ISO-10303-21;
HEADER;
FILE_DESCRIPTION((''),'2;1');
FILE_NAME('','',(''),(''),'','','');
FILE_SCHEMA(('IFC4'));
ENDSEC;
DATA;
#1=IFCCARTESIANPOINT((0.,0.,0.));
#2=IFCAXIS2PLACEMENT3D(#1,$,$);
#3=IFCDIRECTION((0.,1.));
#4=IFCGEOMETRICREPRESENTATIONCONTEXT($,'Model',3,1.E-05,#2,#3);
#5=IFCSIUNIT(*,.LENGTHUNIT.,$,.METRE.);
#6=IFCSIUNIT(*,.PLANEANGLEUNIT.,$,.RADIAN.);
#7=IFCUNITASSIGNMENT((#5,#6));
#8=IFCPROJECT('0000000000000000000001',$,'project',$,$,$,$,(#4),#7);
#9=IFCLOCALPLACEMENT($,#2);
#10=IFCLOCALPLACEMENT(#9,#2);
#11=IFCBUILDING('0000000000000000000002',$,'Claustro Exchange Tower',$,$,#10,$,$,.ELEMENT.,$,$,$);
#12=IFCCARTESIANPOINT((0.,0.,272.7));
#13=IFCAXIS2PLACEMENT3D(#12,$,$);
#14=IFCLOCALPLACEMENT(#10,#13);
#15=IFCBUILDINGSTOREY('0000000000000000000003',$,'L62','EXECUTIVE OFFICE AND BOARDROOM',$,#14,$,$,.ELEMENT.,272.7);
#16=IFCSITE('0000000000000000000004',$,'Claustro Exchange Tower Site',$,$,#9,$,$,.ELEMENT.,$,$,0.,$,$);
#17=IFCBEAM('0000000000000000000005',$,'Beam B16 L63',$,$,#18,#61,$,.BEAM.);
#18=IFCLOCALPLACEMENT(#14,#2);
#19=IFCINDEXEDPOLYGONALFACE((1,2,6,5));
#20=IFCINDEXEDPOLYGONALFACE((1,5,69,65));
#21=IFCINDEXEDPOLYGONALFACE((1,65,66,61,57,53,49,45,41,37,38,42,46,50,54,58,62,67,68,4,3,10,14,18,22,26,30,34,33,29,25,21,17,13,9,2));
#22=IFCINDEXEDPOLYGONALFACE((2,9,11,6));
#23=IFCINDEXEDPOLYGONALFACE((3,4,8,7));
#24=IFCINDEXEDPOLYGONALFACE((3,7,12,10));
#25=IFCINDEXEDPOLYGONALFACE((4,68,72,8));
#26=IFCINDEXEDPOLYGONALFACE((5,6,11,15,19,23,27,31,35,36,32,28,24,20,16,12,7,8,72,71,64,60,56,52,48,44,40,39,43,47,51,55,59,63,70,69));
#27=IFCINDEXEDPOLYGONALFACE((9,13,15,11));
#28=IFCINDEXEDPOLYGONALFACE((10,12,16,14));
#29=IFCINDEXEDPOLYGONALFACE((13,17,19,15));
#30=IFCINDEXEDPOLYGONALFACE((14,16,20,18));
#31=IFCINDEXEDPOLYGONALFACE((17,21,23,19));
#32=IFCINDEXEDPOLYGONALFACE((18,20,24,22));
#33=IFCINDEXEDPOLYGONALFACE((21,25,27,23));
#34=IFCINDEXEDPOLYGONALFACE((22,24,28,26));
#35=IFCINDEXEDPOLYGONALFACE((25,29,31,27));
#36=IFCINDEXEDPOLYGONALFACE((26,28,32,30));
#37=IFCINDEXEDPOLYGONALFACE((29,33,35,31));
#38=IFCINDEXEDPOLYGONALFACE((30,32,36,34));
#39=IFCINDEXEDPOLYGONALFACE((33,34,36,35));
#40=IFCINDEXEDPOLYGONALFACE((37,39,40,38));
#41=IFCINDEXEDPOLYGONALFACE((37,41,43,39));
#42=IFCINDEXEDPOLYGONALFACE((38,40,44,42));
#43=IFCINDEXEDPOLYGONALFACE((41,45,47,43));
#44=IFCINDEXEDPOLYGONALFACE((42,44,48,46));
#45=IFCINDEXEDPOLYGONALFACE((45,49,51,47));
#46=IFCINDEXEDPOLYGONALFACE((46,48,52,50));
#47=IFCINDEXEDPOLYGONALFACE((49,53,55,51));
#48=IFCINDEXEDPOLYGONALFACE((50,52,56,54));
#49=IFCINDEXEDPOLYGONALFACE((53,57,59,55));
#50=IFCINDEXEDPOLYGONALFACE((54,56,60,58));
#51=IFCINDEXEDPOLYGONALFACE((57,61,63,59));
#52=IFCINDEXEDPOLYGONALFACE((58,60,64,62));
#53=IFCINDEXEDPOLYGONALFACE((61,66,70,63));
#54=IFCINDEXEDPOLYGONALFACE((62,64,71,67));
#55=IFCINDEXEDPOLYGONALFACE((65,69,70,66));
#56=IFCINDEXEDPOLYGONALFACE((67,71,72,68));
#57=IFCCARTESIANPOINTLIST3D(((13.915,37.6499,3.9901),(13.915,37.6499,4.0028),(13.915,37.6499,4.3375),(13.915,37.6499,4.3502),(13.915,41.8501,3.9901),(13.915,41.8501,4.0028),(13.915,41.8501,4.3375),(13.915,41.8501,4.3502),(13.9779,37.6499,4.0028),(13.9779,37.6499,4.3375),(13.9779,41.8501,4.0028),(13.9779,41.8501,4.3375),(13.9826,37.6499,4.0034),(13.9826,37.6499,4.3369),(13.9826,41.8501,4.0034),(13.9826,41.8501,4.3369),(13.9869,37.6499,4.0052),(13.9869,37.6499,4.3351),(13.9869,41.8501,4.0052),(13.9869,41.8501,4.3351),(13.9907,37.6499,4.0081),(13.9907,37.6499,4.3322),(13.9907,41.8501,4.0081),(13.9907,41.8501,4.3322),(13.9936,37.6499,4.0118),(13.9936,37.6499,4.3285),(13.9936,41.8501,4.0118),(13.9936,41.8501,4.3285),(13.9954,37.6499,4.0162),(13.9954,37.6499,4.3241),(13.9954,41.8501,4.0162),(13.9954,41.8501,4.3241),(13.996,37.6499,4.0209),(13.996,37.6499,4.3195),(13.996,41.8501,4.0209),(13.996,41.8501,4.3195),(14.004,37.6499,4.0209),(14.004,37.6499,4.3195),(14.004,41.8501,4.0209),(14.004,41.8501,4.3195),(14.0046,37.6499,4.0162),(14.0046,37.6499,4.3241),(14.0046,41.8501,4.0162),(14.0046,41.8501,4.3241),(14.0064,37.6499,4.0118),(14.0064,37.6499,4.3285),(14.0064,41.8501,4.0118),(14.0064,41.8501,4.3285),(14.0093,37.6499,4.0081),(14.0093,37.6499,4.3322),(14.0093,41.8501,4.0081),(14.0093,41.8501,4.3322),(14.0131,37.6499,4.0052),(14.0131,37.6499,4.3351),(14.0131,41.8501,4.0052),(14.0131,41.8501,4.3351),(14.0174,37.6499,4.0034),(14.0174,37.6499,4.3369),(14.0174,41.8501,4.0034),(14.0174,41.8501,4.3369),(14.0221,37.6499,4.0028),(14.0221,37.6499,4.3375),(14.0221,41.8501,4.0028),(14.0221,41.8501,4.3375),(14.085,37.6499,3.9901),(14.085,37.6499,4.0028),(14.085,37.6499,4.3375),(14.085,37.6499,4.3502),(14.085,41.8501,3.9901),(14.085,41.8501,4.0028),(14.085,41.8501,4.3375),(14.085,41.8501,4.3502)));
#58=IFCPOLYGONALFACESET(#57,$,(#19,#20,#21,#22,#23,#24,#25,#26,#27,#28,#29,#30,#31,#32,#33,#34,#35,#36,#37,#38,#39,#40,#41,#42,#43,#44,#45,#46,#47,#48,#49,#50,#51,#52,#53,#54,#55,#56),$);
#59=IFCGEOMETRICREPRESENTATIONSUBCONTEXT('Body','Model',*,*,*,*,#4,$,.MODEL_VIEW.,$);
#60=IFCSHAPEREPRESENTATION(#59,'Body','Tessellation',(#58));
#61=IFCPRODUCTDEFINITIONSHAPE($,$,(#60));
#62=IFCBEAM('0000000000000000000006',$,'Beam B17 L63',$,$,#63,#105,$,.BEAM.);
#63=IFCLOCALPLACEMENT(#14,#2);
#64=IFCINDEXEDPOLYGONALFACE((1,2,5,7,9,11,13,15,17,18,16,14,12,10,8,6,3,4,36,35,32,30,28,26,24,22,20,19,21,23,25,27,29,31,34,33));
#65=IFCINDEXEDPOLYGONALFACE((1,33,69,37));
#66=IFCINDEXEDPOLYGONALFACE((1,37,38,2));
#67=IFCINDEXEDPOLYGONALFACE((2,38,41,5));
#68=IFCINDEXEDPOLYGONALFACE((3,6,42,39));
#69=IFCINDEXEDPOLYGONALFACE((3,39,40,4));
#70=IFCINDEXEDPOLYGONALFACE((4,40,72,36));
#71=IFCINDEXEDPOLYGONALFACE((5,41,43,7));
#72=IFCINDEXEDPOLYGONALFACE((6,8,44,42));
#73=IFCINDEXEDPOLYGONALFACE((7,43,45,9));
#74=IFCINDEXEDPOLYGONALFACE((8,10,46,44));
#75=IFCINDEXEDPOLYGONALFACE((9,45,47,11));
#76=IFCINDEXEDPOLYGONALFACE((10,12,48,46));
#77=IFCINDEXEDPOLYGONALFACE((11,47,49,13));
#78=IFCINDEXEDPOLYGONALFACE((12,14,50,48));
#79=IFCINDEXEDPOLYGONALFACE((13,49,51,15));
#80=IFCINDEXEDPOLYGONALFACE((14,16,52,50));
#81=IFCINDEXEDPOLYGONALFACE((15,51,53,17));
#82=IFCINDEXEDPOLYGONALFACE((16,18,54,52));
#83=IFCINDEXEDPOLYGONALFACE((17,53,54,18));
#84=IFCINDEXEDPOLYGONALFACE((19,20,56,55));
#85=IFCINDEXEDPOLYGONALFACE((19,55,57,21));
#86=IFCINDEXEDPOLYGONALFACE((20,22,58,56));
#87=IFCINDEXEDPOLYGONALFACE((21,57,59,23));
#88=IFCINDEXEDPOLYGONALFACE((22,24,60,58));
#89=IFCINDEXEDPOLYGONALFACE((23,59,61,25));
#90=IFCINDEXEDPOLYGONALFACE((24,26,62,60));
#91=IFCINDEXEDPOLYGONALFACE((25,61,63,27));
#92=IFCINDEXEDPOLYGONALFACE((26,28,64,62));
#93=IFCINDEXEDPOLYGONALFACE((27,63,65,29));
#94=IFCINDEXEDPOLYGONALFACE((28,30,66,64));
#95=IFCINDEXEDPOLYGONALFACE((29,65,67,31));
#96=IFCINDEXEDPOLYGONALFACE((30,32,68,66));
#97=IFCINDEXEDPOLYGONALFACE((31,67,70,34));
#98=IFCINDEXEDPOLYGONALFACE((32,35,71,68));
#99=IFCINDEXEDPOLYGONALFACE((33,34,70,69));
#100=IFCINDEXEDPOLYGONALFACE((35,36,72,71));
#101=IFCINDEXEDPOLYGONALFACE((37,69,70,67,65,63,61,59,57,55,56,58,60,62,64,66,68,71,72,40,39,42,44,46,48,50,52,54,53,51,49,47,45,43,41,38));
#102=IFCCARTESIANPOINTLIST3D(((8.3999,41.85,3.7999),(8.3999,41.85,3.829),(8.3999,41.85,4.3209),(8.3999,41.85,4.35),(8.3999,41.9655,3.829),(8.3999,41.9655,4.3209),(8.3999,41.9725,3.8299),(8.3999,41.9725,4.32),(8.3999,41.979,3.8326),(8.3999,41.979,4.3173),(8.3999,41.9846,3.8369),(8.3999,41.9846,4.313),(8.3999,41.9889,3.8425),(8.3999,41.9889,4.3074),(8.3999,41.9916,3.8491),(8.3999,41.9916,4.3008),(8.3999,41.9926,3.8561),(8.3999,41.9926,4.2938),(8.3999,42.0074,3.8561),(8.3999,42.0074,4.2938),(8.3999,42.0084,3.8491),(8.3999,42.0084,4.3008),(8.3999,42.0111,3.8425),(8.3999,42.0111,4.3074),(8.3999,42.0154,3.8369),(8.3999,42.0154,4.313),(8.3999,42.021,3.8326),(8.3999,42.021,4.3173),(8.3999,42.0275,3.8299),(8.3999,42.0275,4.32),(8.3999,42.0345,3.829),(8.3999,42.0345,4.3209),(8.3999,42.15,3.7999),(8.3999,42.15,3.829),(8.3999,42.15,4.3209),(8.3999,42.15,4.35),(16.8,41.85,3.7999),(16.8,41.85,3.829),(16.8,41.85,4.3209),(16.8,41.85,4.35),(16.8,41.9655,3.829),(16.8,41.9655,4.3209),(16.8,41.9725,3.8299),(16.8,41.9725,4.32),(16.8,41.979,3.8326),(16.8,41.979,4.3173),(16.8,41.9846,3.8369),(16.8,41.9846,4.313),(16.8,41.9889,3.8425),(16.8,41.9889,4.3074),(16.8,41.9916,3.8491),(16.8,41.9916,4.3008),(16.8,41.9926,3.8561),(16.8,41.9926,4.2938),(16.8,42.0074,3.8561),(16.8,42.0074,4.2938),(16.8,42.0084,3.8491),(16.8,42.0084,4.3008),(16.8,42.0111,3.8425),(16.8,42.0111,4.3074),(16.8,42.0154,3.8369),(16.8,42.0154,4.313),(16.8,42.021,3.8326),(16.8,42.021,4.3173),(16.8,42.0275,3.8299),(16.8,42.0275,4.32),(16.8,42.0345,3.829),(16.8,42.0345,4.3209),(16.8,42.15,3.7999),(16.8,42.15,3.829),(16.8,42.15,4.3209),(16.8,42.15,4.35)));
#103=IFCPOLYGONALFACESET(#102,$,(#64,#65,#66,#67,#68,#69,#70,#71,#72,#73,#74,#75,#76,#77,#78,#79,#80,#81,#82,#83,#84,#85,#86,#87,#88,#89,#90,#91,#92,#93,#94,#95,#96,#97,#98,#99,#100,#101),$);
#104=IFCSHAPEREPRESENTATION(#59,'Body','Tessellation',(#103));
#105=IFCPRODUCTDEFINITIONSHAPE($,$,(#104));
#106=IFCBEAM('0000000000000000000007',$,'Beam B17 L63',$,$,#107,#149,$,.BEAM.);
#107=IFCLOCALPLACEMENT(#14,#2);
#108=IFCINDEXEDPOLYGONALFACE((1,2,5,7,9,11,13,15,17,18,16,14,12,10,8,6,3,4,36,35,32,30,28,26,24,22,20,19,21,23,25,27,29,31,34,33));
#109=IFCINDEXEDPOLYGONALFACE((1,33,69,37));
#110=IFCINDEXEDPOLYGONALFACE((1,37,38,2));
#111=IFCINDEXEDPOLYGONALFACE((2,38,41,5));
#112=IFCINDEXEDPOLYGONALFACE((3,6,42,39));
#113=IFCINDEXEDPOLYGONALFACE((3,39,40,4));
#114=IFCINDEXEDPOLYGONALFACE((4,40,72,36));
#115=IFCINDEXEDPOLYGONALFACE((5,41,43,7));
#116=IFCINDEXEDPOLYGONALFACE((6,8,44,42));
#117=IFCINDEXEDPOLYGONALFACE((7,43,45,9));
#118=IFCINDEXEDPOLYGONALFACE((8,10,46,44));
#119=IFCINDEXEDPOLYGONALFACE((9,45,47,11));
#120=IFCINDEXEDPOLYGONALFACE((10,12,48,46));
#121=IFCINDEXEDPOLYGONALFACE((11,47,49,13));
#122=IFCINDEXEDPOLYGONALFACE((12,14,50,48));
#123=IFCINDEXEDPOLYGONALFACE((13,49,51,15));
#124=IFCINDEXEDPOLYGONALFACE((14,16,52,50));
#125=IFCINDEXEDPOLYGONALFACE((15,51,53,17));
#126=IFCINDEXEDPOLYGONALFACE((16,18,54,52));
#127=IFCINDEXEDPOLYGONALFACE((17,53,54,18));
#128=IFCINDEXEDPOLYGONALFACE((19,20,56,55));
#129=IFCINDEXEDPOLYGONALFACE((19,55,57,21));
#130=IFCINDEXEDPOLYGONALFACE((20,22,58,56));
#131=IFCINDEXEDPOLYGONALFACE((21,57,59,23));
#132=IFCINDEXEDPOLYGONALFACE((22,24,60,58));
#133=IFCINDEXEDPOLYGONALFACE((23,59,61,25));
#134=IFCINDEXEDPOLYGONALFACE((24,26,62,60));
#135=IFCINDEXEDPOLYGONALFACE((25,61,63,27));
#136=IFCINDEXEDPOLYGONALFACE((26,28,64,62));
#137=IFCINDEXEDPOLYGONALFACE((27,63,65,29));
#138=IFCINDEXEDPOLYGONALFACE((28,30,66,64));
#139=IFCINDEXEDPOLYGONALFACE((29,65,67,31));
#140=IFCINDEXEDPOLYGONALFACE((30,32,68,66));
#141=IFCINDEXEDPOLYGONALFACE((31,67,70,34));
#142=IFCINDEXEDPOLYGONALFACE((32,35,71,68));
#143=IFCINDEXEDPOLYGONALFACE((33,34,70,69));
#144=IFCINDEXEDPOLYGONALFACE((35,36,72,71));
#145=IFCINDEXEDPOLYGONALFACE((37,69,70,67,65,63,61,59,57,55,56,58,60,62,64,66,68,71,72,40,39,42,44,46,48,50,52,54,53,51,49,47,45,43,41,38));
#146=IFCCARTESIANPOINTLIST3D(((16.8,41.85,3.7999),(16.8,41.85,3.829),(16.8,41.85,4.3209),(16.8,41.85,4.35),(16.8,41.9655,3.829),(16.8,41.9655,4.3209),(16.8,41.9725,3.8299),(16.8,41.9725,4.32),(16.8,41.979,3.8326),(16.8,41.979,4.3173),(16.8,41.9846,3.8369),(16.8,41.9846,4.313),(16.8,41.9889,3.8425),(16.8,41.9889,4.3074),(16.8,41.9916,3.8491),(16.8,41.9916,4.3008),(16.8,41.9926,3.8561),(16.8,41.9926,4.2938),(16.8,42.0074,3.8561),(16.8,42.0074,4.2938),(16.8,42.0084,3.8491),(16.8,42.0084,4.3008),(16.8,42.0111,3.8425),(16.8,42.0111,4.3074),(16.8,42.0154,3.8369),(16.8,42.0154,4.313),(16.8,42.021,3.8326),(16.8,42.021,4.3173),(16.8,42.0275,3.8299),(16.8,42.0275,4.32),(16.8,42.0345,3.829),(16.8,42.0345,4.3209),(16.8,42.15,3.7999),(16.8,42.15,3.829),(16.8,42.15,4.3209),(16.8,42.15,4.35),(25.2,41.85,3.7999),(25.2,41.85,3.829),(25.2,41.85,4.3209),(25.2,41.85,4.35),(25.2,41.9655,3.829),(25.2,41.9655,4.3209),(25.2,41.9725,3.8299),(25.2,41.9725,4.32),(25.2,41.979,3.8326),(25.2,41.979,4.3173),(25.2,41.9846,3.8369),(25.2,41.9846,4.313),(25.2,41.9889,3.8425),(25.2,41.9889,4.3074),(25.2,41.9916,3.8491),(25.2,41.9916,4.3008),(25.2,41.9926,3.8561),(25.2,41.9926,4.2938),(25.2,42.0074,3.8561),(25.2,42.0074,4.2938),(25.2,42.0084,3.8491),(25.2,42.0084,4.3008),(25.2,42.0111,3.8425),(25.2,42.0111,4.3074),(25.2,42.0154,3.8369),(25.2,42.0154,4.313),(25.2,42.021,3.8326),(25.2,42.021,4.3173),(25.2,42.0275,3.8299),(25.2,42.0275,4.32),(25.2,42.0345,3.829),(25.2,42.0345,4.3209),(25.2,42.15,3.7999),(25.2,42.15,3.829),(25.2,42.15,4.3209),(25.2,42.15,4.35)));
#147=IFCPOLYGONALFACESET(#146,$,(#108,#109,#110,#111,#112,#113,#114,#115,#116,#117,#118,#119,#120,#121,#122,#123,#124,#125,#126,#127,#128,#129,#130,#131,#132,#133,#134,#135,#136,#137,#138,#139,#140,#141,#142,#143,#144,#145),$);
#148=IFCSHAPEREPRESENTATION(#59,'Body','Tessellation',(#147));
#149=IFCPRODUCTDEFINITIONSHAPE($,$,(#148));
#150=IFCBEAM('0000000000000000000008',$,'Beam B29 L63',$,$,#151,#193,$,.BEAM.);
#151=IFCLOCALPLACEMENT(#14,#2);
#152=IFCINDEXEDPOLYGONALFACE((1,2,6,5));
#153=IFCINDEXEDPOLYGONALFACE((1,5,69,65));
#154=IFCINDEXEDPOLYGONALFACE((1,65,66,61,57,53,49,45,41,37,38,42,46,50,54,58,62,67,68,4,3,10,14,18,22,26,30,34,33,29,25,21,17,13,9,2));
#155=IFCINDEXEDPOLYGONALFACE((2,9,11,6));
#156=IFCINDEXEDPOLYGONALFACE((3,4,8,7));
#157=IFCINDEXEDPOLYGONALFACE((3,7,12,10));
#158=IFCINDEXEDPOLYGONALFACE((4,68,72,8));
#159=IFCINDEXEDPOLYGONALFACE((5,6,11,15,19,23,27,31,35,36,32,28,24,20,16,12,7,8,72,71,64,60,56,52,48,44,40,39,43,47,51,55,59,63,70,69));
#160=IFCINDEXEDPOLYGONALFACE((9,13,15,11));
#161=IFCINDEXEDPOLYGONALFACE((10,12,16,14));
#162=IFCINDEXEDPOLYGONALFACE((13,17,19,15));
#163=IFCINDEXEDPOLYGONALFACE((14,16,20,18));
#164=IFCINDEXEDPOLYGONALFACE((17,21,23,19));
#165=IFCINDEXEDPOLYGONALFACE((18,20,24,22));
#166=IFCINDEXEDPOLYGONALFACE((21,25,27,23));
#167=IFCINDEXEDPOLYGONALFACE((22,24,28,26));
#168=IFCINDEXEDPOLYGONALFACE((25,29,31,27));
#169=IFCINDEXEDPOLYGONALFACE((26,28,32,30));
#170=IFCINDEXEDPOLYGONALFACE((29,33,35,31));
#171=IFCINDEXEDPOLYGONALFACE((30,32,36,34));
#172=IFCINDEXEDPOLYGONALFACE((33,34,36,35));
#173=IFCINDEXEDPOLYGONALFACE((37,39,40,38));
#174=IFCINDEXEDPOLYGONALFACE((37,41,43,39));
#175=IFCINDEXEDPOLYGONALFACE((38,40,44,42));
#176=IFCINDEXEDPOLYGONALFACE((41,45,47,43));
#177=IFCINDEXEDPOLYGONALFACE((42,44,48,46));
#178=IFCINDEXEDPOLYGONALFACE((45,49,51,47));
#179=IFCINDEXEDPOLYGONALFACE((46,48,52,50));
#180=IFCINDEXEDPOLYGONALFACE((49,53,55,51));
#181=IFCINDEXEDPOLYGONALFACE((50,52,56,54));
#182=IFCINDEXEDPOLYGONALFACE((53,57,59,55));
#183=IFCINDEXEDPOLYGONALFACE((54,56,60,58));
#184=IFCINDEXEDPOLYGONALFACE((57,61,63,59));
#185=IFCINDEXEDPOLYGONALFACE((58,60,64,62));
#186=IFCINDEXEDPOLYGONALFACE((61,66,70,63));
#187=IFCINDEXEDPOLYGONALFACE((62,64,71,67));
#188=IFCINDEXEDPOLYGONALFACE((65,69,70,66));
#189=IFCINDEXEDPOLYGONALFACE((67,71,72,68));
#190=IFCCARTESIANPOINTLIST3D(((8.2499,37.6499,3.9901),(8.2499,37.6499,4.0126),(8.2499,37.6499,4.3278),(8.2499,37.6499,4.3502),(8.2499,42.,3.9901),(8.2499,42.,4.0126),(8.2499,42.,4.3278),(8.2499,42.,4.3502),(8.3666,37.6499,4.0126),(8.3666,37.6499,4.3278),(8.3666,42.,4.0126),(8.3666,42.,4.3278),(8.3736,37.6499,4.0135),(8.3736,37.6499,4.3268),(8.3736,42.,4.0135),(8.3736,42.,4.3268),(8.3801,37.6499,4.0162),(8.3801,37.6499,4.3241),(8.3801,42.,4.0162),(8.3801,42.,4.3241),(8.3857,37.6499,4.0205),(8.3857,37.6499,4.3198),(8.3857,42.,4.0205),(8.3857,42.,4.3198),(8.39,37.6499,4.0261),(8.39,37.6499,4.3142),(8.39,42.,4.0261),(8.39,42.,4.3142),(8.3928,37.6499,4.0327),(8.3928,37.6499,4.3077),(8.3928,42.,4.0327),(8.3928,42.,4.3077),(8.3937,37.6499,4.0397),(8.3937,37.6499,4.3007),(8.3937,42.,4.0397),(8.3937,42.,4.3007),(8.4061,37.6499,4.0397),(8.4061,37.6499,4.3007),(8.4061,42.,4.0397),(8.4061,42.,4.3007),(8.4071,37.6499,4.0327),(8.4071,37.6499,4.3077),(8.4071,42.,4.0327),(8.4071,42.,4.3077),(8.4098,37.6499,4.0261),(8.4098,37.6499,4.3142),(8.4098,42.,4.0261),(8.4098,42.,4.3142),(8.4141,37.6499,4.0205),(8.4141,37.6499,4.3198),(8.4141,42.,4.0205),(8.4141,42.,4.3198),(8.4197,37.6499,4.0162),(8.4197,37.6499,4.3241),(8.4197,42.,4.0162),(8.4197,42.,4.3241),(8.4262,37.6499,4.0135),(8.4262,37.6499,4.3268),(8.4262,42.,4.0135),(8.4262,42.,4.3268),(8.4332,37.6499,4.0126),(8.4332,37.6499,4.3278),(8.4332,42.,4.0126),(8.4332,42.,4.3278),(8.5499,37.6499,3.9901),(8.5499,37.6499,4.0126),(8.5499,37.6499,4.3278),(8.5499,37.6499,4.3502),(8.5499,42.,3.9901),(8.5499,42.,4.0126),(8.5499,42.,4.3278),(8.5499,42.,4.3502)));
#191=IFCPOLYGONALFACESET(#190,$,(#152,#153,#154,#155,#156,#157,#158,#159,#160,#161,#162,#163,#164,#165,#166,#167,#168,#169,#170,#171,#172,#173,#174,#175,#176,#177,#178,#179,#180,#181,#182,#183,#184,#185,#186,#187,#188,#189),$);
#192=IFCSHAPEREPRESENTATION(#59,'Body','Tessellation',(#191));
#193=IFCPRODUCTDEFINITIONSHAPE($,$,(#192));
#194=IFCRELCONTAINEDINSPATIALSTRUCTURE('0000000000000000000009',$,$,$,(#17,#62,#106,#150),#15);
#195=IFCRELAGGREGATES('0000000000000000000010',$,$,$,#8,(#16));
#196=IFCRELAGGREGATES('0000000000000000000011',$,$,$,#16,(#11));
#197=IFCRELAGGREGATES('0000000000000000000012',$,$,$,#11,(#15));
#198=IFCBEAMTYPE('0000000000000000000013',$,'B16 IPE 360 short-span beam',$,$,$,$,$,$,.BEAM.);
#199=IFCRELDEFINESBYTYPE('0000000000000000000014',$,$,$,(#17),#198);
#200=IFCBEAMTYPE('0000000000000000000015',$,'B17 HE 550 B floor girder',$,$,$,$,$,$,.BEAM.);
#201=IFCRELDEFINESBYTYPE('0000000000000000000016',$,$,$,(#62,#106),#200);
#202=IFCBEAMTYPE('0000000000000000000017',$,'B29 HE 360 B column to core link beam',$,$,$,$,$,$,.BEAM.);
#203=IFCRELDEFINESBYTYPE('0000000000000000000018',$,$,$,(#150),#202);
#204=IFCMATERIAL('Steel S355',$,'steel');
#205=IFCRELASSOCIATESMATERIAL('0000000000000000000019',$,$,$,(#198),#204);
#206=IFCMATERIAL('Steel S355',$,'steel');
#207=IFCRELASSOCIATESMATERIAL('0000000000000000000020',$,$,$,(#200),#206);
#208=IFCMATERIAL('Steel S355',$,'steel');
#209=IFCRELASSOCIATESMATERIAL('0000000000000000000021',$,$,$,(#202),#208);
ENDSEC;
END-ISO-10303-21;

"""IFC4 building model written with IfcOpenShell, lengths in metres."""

from ifc_helpers import new_model, si_unit, direction, frame, origin, origin_2d, place, context, subcontext, project, spatial, i_section, extrude, material, material_profile, profile_set, type_object, element, save


model = new_model("IFC4")

# Units and contexts
model_context = context("Model", 3, precision=1e-05, world=origin(), true_north=direction((0.0, 1.0)))
body_context = subcontext(model_context, "Body", "Model", "MODEL_VIEW")
ifc_project = project(units=[si_unit("LENGTHUNIT", "METRE"), si_unit("PLANEANGLEUNIT", "RADIAN")], contexts=[model_context])

# Site, building, storey
site_placement = place(None, origin())
site = spatial("IfcSite", under=ifc_project, at=site_placement, Name="Claustro Exchange Tower Site", CompositionType="ELEMENT", RefElevation=0.0)
building_placement = place(site_placement, origin())
building = spatial("IfcBuilding", under=site, at=building_placement, Name="Claustro Exchange Tower", CompositionType="ELEMENT")
storey_placement = place(building_placement, frame((0.0, 0.0, 272.7)))
storey = spatial("IfcBuildingStorey", under=building, at=storey_placement, Name="L62", Description="EXECUTIVE OFFICE AND BOARDROOM", CompositionType="ELEMENT", Elevation=272.7)

# Beams
ifc_material_1 = material(Name="Steel S355", Category="steel")
ifc_material_profile_1 = material_profile(ifc_material_1, i_section(OverallWidth=0.1699, OverallDepth=0.3601, WebThickness=0.0081, FlangeThickness=0.0127, FilletRadius=0.0181, at=origin_2d()), Name="IPE 360")
ifc_profile_set_1 = profile_set([ifc_material_profile_1], Name="Steel S355")
beam_type_1 = type_object("IfcBeamType", Name="B16 IPE 360 short-span beam", PredefinedType="BEAM", material=ifc_profile_set_1)
for number, where, z_axis, x_axis, name in (
    (1, (14.0, 37.6499, 4.1702), (0.0, 1.0, 0.0), (-1.0, 0.0, 0.0), "Beam B16 L63"),
):
    element("IfcBeam", number, at=place(storey_placement, frame(where, z_axis=z_axis, x_axis=x_axis)), inside=storey, type_object=beam_type_1, Name=name, PredefinedType="BEAM", context=body_context, shape_type="SweptSolid", body=[
        extrude(i_section(OverallWidth=0.1699, OverallDepth=0.3601, WebThickness=0.0081, FlangeThickness=0.0127, FilletRadius=0.0181, at=origin_2d()), origin(), (0.0, 0.0, 1.0), 4.2002),
    ])
ifc_material_2 = material(Name="Steel S355", Category="steel")
ifc_material_profile_2 = material_profile(ifc_material_2, i_section(OverallWidth=0.3, OverallDepth=0.55, WebThickness=0.0149, FlangeThickness=0.0291, FilletRadius=0.0271, at=origin_2d()), Name="HE 550 B")
ifc_profile_set_2 = profile_set([ifc_material_profile_2], Name="Steel S355")
beam_type_2 = type_object("IfcBeamType", Name="B17 HE 550 B floor girder", PredefinedType="BEAM", material=ifc_profile_set_2)
beam_1_placement = place(storey_placement, frame((8.3999, 42.0, 4.075), z_axis=(1.0, 0.0, 0.0), x_axis=(0.0, 1.0, 0.0)))
element("IfcBeam", 2, at=beam_1_placement, inside=storey, type_object=beam_type_2, Name="Beam B17 L63", PredefinedType="BEAM", context=body_context, shape_type="SweptSolid", body=[
    extrude(i_section(OverallWidth=0.3, OverallDepth=0.55, WebThickness=0.0149, FlangeThickness=0.0291, FilletRadius=0.0271, at=origin_2d()), origin(), (0.0, 0.0, 1.0), 8.4001),
])
beam_2_placement = place(storey_placement, frame((16.8, 42.0, 4.075), z_axis=(1.0, 0.0, 0.0), x_axis=(0.0, 1.0, 0.0)))
element("IfcBeam", 3, at=beam_2_placement, inside=storey, type_object=beam_type_2, Name="Beam B17 L63", PredefinedType="BEAM", context=body_context, shape_type="SweptSolid", body=[
    extrude(i_section(OverallWidth=0.3, OverallDepth=0.55, WebThickness=0.0149, FlangeThickness=0.0291, FilletRadius=0.0271, at=origin_2d()), origin(), (0.0, 0.0, 1.0), 8.3999),
])
ifc_material_3 = material(Name="Steel S355", Category="steel")
ifc_material_profile_3 = material_profile(ifc_material_3, i_section(OverallWidth=0.3, OverallDepth=0.3601, WebThickness=0.0125, FlangeThickness=0.0225, FilletRadius=0.0271, at=origin_2d()), Name="HE 360 B")
ifc_profile_set_3 = profile_set([ifc_material_profile_3], Name="Steel S355")
beam_type_3 = type_object("IfcBeamType", Name="B29 HE 360 B column to core link beam", PredefinedType="BEAM", material=ifc_profile_set_3)
for number, where, z_axis, x_axis, name in (
    (4, (8.3999, 37.6499, 4.1702), (0.0, 1.0, 0.0), (-1.0, 0.0, 0.0), "Beam B29 L63"),
):
    element("IfcBeam", number, at=place(storey_placement, frame(where, z_axis=z_axis, x_axis=x_axis)), inside=storey, type_object=beam_type_3, Name=name, PredefinedType="BEAM", context=body_context, shape_type="SweptSolid", body=[
        extrude(i_section(OverallWidth=0.3, OverallDepth=0.3601, WebThickness=0.0125, FlangeThickness=0.0225, FilletRadius=0.0271, at=origin_2d()), origin(), (0.0, 0.0, 1.0), 4.3501),
    ])

save(model, "model.ifc")
